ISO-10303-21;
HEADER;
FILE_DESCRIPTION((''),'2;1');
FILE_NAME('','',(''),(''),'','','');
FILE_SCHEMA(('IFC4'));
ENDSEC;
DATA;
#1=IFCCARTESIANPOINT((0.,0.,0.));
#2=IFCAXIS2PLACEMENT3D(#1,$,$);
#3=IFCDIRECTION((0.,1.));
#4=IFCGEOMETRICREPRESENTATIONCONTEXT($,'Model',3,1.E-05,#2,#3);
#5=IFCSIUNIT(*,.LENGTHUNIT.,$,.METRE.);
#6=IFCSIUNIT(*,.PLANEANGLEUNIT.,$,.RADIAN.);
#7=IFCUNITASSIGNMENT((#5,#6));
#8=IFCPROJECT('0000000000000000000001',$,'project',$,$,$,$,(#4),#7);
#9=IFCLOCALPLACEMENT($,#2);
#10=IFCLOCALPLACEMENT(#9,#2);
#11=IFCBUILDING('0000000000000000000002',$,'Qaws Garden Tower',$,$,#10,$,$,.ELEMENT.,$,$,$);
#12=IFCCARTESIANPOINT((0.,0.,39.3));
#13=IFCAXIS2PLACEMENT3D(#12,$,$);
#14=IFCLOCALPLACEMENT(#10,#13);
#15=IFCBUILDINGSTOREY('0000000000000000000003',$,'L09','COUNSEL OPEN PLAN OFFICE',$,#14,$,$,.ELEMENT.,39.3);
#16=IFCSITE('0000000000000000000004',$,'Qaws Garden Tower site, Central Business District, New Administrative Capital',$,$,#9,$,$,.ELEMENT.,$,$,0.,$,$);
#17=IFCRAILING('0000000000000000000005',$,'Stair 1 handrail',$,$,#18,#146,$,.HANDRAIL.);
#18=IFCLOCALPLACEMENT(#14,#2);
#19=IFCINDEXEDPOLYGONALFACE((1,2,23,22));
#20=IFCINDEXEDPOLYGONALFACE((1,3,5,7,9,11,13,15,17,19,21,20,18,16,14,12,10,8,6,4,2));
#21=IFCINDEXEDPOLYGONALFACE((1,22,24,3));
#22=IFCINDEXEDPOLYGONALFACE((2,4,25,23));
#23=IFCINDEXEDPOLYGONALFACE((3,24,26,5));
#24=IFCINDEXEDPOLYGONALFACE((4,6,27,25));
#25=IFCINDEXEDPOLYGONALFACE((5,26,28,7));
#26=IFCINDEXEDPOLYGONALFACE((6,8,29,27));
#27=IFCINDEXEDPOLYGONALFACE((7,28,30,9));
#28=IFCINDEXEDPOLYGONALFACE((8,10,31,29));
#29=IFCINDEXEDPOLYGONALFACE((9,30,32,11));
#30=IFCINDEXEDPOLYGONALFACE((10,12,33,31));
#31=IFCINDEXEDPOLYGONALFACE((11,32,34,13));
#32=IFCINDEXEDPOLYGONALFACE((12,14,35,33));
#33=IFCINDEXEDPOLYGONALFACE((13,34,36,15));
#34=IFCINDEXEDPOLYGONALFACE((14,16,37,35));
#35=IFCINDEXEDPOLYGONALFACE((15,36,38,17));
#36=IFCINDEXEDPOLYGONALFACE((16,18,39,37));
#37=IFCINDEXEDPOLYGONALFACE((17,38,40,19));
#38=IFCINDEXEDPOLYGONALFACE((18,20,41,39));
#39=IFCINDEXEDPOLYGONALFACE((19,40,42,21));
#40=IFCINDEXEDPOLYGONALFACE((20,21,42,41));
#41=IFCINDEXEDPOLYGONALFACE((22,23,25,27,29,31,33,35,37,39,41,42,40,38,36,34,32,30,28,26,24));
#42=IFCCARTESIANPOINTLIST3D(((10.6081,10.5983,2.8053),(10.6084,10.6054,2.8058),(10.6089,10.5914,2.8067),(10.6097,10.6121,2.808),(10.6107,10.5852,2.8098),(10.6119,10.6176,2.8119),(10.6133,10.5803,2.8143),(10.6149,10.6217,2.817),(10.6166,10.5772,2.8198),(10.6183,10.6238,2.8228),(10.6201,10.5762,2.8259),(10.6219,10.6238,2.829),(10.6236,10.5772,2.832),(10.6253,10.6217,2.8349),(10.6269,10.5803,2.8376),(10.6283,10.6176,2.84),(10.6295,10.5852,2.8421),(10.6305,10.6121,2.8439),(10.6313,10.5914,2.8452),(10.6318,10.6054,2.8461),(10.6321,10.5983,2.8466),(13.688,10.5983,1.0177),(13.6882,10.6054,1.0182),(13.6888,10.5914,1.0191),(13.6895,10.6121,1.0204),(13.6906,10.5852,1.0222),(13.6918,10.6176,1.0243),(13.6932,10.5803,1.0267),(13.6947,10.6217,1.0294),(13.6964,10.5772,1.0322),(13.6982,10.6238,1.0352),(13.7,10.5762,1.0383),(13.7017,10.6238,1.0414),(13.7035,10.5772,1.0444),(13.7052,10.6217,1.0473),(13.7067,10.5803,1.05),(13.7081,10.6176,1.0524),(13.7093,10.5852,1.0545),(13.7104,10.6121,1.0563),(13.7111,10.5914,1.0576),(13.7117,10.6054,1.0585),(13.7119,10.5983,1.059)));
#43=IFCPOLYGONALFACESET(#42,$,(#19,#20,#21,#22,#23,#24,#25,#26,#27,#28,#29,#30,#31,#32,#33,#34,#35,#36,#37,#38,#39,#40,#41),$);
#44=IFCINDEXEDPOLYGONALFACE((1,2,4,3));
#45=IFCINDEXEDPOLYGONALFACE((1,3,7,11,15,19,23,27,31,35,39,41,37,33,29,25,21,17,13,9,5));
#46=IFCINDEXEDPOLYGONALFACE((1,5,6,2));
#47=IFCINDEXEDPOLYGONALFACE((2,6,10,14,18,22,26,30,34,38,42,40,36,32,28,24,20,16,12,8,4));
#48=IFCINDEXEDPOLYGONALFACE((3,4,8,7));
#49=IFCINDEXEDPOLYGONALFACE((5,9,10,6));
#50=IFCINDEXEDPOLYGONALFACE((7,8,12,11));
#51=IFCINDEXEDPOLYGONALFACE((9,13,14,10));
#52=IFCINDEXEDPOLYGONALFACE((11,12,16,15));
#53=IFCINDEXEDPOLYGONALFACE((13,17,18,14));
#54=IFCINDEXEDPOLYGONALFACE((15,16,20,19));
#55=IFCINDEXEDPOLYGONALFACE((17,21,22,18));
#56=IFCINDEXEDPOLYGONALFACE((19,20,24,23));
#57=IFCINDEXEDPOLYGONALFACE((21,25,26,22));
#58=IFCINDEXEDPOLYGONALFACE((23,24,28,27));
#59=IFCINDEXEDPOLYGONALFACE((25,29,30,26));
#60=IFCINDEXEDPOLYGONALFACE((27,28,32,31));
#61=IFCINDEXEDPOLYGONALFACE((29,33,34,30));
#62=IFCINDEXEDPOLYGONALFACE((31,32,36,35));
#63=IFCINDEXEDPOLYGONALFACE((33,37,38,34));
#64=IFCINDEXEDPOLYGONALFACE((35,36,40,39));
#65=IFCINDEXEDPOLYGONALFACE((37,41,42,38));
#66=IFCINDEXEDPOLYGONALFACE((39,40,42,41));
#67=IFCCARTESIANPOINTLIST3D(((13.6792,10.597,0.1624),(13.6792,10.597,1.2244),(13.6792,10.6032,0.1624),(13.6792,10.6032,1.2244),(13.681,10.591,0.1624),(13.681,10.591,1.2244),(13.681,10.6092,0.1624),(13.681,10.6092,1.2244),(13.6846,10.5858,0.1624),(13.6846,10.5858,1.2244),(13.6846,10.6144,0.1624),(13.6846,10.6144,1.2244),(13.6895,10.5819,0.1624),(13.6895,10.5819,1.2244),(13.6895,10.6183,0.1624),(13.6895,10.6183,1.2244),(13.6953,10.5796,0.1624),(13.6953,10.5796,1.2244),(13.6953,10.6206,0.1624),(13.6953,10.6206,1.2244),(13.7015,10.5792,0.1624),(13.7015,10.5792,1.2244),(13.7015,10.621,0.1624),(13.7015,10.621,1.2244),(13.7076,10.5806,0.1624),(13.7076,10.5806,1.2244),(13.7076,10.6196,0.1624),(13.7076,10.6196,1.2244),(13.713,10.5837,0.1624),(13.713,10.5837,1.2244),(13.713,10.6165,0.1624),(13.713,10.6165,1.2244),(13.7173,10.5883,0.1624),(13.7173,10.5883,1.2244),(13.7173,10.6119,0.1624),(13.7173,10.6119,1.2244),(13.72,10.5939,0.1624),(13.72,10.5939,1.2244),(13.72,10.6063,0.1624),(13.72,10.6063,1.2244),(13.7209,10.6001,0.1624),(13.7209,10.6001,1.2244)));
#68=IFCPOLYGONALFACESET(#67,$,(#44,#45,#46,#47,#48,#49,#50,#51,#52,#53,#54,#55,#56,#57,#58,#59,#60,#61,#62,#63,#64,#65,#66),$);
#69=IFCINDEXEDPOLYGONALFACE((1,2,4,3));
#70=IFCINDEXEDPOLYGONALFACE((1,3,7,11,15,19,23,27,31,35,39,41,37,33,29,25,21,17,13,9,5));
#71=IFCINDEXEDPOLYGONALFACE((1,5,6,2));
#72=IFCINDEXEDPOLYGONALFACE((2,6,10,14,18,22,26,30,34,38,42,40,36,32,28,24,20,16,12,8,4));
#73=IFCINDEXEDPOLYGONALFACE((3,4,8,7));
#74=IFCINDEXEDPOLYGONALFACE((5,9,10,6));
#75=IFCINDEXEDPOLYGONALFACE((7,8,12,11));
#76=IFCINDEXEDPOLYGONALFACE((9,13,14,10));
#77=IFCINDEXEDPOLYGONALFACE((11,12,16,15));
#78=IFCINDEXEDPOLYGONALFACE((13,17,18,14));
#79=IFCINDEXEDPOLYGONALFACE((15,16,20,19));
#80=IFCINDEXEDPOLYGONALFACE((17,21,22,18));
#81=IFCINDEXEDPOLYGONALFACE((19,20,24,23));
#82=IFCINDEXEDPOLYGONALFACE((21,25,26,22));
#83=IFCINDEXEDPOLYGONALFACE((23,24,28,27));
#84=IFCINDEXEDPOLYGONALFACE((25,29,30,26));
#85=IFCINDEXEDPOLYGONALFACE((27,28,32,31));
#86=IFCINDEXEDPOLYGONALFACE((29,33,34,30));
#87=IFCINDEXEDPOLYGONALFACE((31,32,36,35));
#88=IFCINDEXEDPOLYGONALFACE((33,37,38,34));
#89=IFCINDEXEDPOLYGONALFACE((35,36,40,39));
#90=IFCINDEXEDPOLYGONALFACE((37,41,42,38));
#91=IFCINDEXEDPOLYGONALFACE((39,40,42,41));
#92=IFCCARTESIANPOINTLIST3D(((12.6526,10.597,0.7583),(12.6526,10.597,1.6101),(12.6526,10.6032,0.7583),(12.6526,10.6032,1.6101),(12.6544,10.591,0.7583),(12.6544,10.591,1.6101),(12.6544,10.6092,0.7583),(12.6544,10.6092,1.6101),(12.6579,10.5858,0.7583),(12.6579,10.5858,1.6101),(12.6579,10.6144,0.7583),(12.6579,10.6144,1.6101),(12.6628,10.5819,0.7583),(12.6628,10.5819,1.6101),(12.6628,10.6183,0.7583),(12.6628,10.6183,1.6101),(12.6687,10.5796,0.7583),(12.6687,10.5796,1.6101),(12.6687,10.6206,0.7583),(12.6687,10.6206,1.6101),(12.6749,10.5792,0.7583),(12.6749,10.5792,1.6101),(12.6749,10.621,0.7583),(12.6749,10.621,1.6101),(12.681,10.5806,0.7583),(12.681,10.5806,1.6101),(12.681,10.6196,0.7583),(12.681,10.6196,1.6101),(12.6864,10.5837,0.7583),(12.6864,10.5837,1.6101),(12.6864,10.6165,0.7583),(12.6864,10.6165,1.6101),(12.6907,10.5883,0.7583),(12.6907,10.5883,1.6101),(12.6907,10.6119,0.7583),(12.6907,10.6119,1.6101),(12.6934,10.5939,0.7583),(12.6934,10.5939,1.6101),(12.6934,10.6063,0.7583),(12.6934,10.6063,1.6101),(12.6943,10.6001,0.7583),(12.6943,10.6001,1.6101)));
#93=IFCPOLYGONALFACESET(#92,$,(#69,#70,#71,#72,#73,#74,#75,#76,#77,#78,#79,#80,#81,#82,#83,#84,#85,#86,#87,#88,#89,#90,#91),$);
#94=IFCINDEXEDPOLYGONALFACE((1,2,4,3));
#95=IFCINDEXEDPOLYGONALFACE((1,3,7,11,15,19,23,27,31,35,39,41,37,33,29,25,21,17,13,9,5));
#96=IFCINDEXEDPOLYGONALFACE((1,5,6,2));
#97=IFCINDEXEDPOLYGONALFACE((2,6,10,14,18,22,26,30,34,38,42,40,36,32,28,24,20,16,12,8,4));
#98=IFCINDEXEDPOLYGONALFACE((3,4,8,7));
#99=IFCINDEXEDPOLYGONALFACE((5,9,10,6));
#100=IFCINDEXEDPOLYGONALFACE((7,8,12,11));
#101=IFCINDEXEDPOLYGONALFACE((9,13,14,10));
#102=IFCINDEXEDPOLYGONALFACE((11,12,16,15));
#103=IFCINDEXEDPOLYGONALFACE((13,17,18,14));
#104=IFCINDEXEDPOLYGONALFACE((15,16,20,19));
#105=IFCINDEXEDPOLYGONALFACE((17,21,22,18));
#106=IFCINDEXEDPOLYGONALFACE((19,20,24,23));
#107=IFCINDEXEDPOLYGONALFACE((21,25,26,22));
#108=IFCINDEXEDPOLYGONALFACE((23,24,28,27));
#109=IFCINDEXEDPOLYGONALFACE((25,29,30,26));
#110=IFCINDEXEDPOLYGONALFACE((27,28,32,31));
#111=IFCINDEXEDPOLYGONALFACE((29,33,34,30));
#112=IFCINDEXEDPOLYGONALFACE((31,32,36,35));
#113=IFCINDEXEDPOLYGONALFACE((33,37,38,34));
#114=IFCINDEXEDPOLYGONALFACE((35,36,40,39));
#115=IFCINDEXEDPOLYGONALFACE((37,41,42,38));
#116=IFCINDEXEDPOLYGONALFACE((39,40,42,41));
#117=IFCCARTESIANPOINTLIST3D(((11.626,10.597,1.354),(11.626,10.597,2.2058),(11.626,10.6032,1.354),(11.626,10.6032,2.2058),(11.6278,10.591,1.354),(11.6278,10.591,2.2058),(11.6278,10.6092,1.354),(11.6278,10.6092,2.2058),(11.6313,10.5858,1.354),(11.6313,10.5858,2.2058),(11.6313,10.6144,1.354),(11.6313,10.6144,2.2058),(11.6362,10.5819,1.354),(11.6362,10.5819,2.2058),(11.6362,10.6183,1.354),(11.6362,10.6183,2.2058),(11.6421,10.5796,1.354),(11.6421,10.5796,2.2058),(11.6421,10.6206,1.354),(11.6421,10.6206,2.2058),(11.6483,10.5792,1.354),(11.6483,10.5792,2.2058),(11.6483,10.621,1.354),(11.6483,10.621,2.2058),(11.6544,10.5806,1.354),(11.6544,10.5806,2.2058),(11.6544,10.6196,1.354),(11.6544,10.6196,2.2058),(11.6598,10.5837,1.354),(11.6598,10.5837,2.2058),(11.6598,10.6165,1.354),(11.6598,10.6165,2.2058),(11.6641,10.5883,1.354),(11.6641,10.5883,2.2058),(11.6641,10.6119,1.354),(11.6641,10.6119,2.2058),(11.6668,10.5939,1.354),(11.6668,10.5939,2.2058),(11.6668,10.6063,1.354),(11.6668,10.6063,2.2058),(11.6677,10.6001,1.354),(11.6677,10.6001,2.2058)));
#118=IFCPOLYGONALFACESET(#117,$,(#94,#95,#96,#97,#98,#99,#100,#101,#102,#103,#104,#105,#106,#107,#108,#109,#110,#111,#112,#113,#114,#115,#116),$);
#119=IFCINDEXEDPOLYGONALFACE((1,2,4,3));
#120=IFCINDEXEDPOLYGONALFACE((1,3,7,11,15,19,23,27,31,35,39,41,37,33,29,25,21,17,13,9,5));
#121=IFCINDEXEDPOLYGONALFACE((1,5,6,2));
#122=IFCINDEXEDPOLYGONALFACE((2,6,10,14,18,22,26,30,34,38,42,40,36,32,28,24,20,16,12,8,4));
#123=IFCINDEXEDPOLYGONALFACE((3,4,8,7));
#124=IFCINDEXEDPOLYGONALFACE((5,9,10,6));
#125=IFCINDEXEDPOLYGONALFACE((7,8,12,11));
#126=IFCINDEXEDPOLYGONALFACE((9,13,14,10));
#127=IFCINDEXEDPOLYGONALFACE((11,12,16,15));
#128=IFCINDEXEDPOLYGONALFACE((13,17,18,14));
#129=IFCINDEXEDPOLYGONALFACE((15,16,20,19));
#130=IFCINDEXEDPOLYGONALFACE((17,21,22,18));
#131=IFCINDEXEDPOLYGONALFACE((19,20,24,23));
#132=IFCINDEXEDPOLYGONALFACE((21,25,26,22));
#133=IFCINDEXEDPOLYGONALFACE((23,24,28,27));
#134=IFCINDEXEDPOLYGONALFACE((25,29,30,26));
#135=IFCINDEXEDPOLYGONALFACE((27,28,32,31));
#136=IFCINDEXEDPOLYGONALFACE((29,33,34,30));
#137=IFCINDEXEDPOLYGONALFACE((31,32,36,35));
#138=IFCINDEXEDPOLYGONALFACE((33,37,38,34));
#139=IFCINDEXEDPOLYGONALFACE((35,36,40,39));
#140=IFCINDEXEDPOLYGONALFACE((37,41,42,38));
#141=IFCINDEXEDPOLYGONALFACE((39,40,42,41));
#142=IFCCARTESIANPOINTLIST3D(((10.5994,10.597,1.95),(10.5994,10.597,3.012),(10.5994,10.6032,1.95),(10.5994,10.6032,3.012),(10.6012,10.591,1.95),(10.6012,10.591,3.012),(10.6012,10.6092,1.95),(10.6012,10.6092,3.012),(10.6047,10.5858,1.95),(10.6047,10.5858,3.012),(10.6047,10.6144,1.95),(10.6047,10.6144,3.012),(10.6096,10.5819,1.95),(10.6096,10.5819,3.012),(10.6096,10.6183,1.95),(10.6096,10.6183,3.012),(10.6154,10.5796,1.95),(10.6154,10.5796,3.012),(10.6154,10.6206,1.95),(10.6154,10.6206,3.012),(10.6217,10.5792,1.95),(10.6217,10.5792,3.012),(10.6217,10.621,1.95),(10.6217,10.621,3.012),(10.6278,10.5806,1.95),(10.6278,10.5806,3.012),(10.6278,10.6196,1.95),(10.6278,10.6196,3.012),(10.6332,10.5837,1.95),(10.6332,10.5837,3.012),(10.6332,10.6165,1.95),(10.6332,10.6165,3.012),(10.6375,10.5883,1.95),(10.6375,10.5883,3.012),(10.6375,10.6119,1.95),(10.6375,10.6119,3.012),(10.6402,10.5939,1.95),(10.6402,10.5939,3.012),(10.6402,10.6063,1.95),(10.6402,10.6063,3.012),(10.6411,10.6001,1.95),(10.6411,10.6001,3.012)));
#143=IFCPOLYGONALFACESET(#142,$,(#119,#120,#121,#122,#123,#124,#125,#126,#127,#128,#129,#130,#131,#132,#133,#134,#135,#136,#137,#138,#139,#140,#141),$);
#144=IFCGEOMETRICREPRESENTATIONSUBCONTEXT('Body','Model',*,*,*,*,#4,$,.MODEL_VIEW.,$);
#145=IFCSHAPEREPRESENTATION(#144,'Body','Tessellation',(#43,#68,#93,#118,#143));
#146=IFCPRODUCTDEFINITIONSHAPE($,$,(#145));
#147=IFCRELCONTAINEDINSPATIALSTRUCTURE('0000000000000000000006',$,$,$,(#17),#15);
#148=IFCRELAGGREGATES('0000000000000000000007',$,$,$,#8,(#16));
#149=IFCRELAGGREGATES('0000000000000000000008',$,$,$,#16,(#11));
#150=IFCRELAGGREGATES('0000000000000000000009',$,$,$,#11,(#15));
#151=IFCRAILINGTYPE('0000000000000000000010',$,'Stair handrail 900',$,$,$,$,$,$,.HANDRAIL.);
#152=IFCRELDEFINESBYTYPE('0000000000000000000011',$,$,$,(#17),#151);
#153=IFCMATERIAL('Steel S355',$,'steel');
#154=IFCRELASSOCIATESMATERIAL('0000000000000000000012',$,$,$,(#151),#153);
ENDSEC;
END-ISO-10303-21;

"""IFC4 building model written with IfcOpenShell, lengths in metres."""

from ifc_helpers import new_model, si_unit, direction, frame, origin, origin_2d, place, context, subcontext, project, spatial, circle, extrude, material, type_object, element, save


model = new_model("IFC4")

# Units and contexts
model_context = context("Model", 3, precision=1e-05, world=origin(), true_north=direction((0.0, 1.0)))
body_context = subcontext(model_context, "Body", "Model", "MODEL_VIEW")
ifc_project = project(units=[si_unit("LENGTHUNIT", "METRE"), si_unit("PLANEANGLEUNIT", "RADIAN")], contexts=[model_context])

# Site, building, storey
site_placement = place(None, origin())
site = spatial("IfcSite", under=ifc_project, at=site_placement, Name="Qaws Garden Tower site, Central Business District, New Administrative Capital", CompositionType="ELEMENT", RefElevation=0.0)
building_placement = place(site_placement, origin())
building = spatial("IfcBuilding", under=site, at=building_placement, Name="Qaws Garden Tower", CompositionType="ELEMENT")
storey_placement = place(building_placement, frame((0.0, 0.0, 39.3)))
storey = spatial("IfcBuildingStorey", under=building, at=storey_placement, Name="L09", Description="COUNSEL OPEN PLAN OFFICE", CompositionType="ELEMENT", Elevation=39.3)

# Railing
ifc_material_1 = material(Name="Steel S355", Category="steel")
railing_type = type_object("IfcRailingType", Name="Stair handrail 900", PredefinedType="HANDRAIL", material=ifc_material_1)
railing_1_placement = place(storey_placement, frame((13.7, 10.6001, 0.1624)))
element("IfcRailing", 1, at=railing_1_placement, inside=storey, type_object=railing_type, Name="Stair 1 handrail", PredefinedType="HANDRAIL", context=body_context, shape_type="SweptSolid", body=[
    extrude(circle(Radius=0.0239, at=origin_2d()), frame((0.0, 0.0, 0.876), z_axis=(-0.864873, 0.0, 0.50199), x_axis=(0.0, -1.0, 0.0)), (0.0, 0.0, 1.0), 3.561),
    extrude(circle(Radius=0.021, at=origin_2d()), origin(), (0.0, 0.0, 1.0), 1.062),
    extrude(circle(Radius=0.021, at=origin_2d()), frame((-1.0266, 0.0, 0.5959)), (0.0, 0.0, 1.0), 0.8518),
    extrude(circle(Radius=0.021, at=origin_2d()), frame((-2.0532, 0.0, 1.1917)), (0.0, 0.0, 1.0), 0.8518),
    extrude(circle(Radius=0.021, at=origin_2d()), frame((-3.0798, 0.0, 1.7876)), (0.0, 0.0, 1.0), 1.062),
])

save(model, "model.ifc")
